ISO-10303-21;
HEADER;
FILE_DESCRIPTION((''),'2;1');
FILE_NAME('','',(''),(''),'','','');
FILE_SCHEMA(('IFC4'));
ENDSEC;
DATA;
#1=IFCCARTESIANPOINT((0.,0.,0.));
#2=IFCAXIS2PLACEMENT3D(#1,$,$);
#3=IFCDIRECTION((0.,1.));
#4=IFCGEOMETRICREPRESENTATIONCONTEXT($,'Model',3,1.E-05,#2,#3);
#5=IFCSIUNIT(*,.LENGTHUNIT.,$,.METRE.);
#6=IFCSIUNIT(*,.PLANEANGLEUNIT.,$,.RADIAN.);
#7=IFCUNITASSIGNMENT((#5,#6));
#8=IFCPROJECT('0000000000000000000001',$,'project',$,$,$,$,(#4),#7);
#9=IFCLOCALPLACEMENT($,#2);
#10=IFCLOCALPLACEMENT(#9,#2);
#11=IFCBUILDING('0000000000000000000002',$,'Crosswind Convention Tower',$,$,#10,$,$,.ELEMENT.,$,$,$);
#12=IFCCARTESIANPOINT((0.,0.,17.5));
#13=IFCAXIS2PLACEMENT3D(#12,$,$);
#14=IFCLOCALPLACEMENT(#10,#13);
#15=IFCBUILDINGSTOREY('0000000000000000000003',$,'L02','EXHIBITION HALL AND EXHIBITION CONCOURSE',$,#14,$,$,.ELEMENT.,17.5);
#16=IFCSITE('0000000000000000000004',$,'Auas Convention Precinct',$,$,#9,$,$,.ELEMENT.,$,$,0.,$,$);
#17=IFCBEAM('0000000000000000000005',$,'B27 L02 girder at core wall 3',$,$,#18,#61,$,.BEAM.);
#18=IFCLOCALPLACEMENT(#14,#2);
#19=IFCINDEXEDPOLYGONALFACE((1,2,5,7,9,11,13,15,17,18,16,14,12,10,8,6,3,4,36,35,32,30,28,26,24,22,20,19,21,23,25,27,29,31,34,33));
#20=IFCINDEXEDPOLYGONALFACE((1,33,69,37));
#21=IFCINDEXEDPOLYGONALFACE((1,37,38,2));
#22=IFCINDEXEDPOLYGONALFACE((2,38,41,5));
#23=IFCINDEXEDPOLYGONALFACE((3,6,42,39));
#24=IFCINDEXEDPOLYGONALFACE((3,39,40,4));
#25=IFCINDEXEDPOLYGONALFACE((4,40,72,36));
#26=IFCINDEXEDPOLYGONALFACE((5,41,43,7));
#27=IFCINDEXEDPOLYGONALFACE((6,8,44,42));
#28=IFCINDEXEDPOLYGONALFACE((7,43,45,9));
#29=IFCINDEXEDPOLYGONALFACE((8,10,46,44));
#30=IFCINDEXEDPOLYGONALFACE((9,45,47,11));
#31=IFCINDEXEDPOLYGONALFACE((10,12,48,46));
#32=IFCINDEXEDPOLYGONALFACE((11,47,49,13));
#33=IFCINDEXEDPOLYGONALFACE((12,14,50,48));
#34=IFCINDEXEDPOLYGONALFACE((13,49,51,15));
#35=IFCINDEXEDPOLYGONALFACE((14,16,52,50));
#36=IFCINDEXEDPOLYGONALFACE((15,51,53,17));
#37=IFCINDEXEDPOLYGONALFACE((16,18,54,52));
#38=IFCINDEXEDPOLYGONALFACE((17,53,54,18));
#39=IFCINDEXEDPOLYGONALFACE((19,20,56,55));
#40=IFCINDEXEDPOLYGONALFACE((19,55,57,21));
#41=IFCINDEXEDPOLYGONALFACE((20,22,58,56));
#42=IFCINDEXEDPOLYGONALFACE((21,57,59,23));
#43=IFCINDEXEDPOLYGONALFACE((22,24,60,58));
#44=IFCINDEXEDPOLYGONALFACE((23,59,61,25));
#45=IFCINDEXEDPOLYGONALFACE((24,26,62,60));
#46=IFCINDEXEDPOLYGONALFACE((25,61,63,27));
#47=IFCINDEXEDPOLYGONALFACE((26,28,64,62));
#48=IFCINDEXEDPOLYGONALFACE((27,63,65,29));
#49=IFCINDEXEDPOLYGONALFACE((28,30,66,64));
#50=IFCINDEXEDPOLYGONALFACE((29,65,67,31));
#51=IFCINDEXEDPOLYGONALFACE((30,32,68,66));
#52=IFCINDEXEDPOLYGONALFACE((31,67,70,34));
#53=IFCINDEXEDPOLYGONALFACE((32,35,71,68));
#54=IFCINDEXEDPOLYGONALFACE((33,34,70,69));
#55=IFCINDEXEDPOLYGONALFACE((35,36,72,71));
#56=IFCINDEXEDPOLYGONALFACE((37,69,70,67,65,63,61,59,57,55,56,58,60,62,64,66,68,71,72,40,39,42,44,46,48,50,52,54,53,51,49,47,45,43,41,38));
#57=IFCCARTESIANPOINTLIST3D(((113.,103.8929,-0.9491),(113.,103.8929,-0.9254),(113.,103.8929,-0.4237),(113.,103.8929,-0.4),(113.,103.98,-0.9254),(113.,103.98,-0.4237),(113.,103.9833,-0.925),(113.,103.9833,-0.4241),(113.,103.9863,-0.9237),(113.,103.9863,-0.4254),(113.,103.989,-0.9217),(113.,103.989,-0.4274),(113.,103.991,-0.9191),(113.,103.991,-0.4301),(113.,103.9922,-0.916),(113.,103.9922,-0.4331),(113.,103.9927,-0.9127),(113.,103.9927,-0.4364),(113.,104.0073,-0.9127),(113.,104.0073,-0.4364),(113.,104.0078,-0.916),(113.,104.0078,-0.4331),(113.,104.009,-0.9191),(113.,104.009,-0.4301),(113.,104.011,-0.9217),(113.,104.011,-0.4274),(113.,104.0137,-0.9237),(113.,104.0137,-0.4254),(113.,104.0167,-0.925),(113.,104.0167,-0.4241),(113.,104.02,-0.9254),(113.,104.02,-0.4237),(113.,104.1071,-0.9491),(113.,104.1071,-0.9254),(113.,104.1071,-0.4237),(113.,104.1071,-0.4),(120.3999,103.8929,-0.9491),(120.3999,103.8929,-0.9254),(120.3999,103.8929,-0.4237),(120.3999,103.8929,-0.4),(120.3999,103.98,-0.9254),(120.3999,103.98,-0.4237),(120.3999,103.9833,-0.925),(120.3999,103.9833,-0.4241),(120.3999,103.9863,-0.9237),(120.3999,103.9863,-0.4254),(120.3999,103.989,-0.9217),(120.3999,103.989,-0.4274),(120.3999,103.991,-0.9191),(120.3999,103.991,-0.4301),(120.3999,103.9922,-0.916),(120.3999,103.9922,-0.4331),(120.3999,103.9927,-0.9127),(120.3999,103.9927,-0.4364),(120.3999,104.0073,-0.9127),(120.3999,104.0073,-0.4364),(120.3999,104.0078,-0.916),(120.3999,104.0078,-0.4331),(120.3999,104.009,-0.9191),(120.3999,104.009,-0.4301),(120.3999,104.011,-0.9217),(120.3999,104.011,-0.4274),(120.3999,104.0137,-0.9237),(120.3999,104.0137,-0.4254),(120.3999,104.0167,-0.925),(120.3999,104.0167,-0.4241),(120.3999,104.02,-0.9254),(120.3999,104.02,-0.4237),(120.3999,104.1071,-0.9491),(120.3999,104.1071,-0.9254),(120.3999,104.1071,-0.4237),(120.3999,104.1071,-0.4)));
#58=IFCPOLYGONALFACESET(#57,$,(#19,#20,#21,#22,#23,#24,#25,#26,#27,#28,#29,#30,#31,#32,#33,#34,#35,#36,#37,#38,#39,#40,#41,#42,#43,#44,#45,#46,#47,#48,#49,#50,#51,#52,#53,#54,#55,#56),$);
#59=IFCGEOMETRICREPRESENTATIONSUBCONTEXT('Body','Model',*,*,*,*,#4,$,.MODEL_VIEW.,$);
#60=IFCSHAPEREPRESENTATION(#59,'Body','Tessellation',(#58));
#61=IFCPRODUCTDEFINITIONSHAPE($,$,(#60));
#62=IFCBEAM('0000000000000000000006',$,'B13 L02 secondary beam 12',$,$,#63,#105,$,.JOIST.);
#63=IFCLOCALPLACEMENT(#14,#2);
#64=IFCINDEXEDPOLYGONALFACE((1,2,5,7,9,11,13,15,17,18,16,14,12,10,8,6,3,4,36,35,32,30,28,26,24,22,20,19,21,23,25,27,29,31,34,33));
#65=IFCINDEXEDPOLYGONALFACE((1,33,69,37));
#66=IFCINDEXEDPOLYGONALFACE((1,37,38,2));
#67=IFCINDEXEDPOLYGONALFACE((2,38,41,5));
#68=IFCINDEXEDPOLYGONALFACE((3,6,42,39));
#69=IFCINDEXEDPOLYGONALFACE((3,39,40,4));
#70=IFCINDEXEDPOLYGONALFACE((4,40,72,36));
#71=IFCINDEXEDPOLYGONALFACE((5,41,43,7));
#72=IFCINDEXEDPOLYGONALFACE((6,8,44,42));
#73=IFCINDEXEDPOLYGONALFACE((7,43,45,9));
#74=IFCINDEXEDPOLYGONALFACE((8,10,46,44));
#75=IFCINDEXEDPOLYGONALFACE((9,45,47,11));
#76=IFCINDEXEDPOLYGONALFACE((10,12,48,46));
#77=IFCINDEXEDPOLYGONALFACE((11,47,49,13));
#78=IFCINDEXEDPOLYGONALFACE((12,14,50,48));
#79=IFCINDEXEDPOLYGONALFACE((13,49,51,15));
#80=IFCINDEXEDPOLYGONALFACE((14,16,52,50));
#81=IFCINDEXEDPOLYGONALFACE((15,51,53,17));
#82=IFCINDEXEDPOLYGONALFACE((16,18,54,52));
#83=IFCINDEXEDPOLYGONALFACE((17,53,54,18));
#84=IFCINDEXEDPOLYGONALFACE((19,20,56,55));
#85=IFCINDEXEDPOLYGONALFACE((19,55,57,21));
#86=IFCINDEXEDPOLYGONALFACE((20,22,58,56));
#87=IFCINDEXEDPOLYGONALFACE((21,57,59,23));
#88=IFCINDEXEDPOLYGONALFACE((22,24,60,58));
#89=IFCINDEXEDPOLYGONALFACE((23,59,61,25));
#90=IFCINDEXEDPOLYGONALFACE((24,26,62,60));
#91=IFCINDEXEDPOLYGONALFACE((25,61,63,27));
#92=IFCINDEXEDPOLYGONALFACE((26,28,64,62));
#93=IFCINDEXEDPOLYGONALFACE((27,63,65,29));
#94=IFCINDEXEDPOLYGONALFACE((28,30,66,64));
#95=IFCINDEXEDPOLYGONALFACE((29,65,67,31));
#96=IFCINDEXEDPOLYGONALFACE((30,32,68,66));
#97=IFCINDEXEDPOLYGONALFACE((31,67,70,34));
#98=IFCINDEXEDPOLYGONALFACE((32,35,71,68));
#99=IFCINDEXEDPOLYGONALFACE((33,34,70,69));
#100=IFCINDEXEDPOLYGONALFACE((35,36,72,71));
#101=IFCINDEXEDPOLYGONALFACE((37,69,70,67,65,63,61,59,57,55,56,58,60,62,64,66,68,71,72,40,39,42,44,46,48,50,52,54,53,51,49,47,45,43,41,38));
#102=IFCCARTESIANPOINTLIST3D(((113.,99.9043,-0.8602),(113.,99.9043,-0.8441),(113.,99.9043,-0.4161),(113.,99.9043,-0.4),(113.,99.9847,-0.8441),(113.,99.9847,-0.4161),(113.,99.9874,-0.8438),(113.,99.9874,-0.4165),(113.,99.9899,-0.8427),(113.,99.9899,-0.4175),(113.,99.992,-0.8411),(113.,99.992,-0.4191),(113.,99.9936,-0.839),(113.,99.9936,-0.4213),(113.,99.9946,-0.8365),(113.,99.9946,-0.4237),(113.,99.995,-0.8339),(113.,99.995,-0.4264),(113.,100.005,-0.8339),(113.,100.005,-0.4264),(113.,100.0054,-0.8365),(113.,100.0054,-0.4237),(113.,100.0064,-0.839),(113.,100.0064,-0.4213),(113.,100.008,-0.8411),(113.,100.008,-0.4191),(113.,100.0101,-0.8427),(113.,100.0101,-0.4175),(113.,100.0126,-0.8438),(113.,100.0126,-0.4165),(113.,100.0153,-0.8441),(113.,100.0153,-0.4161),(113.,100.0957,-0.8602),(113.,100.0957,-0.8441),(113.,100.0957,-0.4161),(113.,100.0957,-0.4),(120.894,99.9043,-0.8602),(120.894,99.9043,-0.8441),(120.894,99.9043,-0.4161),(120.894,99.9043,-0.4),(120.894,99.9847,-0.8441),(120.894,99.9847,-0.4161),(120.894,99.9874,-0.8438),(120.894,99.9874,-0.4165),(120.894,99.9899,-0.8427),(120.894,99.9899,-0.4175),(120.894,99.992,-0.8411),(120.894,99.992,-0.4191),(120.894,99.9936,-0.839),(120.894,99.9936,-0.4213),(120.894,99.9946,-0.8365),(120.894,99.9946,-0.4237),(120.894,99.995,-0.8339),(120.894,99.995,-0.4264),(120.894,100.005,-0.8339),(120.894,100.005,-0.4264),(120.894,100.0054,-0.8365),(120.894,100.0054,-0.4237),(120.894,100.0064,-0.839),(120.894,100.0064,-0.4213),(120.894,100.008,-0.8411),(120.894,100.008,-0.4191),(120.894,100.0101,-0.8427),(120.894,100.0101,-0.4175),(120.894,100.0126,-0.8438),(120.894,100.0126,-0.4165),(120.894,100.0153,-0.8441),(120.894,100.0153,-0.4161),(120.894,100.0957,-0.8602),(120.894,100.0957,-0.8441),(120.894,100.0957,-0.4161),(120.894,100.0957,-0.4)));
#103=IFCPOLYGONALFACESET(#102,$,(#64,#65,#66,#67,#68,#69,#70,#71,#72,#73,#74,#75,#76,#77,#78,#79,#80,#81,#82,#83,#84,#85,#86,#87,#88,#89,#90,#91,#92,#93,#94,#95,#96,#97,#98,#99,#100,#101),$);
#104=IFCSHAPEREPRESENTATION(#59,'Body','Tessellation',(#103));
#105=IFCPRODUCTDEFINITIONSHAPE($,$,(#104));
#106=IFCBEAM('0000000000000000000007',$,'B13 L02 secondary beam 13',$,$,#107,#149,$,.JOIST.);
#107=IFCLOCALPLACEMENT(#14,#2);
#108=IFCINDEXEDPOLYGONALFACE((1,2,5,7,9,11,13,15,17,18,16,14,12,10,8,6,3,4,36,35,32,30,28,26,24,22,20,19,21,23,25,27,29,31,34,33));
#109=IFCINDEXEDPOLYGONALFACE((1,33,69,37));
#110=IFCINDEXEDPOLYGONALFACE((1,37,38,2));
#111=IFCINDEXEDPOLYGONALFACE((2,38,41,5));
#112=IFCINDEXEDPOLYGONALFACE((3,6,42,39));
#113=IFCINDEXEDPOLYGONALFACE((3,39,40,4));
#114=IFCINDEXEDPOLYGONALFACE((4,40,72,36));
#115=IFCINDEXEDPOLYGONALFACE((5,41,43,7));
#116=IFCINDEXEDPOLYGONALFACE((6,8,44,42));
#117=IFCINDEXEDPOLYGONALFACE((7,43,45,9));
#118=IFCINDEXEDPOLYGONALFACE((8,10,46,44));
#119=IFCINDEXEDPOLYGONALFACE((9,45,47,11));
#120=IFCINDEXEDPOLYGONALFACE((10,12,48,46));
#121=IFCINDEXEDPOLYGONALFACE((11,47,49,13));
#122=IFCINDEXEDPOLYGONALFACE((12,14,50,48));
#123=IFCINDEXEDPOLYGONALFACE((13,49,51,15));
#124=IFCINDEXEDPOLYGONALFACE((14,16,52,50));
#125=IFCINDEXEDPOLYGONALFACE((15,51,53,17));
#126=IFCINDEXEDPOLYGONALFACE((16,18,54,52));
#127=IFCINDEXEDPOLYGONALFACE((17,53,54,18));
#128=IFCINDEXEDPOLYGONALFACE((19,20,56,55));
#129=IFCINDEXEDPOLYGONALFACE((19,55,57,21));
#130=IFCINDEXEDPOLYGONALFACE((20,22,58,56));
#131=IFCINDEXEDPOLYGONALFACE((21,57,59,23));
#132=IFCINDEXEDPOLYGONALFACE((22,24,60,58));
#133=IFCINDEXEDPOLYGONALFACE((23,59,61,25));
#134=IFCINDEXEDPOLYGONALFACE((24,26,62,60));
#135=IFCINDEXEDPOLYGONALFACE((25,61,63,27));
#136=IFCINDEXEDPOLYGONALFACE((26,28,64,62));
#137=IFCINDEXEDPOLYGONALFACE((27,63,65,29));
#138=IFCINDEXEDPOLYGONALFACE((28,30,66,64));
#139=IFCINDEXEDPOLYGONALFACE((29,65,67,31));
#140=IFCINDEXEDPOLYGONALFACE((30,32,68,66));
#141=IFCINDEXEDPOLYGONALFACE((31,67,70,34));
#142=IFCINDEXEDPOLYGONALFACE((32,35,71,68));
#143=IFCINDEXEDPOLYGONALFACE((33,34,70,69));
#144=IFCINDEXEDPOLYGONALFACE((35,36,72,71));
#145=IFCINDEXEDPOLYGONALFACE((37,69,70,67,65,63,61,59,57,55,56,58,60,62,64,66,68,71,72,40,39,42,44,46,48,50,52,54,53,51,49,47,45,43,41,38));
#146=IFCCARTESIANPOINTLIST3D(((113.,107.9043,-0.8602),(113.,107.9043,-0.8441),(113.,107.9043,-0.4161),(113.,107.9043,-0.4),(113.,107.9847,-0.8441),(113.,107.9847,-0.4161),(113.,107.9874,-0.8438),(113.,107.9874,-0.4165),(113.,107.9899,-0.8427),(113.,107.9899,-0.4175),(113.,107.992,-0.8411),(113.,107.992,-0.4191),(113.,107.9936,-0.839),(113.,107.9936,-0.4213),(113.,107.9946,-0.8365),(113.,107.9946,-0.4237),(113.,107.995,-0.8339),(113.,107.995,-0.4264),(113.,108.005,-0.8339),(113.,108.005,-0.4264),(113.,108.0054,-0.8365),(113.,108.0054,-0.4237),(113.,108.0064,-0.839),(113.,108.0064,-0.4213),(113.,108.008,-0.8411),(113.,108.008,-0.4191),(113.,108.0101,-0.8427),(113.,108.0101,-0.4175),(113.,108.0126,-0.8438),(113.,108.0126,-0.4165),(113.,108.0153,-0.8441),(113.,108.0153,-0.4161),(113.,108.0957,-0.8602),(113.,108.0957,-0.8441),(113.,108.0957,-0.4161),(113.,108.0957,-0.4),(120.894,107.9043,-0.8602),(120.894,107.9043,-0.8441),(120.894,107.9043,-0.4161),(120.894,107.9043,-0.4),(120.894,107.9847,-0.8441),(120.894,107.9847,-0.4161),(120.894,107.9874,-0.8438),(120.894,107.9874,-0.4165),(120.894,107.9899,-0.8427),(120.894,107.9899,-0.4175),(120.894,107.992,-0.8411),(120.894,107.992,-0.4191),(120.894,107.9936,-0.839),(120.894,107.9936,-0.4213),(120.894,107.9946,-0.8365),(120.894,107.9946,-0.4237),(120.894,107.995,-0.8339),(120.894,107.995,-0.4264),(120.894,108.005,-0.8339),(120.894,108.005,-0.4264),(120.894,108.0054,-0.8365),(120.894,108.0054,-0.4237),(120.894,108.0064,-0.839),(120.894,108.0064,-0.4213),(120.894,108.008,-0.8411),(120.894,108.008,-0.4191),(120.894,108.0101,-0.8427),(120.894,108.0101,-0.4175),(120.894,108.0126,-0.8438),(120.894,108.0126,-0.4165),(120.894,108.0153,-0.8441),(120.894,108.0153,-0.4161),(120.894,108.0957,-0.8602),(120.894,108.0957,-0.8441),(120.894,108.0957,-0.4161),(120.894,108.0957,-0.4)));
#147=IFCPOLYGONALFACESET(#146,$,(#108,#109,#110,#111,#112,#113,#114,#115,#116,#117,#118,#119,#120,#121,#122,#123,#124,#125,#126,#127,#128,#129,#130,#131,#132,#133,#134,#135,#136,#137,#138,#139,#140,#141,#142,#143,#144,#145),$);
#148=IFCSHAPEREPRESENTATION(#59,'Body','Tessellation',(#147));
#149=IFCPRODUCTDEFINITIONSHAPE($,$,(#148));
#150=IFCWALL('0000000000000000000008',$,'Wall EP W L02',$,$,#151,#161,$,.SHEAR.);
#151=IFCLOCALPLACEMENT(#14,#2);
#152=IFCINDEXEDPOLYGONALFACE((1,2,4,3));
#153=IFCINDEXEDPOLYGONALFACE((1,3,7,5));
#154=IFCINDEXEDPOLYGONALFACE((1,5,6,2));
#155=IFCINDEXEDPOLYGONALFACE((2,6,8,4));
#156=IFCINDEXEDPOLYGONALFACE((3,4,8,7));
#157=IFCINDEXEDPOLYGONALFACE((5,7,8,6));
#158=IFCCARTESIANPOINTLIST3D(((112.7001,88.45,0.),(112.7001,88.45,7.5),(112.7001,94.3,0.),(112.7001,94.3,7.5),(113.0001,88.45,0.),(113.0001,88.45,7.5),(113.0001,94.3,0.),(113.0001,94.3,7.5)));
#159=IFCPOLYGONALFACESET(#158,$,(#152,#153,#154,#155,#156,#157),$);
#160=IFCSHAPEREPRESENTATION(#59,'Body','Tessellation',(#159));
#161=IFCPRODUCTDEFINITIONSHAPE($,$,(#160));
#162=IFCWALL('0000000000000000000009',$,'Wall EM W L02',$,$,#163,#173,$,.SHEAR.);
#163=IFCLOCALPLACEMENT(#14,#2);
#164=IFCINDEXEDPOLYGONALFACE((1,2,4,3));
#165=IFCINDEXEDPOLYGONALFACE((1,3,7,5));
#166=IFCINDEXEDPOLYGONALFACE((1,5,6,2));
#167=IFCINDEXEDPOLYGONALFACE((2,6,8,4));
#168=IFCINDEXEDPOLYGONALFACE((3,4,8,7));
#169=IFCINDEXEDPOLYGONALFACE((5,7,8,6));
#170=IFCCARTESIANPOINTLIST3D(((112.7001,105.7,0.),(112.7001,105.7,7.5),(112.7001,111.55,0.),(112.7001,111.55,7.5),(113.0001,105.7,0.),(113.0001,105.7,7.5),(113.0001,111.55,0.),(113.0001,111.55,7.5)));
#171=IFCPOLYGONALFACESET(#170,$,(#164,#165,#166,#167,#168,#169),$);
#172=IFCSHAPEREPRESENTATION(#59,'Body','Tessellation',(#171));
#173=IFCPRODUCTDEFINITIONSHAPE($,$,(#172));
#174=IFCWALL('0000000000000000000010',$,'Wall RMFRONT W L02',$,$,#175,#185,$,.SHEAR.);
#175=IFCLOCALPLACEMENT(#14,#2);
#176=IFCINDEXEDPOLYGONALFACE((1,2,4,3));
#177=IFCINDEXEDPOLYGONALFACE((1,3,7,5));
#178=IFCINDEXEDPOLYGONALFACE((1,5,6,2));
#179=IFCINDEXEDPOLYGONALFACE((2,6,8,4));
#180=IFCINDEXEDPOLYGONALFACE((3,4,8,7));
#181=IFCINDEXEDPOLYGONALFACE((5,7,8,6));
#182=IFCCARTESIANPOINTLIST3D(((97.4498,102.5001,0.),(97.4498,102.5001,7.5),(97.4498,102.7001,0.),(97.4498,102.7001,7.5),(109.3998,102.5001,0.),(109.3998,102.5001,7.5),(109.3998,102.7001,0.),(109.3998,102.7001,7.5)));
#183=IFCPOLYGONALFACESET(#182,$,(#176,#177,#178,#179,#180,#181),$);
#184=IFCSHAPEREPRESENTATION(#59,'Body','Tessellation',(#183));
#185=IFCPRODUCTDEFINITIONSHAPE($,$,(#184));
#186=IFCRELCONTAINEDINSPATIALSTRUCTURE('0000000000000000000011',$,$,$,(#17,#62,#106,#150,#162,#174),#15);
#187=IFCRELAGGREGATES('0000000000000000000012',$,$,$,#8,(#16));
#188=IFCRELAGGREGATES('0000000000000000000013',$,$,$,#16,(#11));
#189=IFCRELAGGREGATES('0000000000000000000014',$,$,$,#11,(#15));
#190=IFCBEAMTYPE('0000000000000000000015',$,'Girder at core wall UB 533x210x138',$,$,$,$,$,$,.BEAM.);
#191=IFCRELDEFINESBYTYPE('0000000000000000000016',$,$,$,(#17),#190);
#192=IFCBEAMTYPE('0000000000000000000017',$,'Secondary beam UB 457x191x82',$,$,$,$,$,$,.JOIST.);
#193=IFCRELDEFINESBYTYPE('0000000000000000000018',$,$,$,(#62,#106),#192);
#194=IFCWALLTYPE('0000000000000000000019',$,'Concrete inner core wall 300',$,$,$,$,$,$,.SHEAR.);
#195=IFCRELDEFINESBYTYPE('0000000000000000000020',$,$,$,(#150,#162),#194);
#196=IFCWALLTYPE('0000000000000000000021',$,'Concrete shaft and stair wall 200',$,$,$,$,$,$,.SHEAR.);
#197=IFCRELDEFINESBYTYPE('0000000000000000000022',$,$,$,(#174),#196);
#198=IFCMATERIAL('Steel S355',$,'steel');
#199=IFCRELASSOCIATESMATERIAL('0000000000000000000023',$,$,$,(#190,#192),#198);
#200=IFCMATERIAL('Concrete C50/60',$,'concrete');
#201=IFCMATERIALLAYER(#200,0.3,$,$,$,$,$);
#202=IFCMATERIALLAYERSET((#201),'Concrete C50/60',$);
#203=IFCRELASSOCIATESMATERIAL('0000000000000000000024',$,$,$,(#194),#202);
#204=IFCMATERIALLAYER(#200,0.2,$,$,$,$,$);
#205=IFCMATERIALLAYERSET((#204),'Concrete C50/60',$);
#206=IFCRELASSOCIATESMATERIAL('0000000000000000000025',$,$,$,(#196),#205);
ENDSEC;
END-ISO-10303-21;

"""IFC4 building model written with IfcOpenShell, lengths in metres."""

from ifc_helpers import new_model, si_unit, direction, frame, frame_2d, origin, origin_2d, place, context, subcontext, project, spatial, rectangle, i_section, extrude, material, layer, layer_set, material_profile, profile_set, type_object, element, save


model = new_model("IFC4")

# Units and contexts
model_context = context("Model", 3, precision=1e-05, world=origin(), true_north=direction((0.0, 1.0)))
body_context = subcontext(model_context, "Body", "Model", "MODEL_VIEW")
ifc_project = project(units=[si_unit("LENGTHUNIT", "METRE"), si_unit("PLANEANGLEUNIT", "RADIAN")], contexts=[model_context])

# Site, building, storey
site_placement = place(None, origin())
site = spatial("IfcSite", under=ifc_project, at=site_placement, Name="Auas Convention Precinct", CompositionType="ELEMENT", RefElevation=0.0)
building_placement = place(site_placement, origin())
building = spatial("IfcBuilding", under=site, at=building_placement, Name="Crosswind Convention Tower", CompositionType="ELEMENT")
storey_placement = place(building_placement, frame((0.0, 0.0, 17.5)))
storey = spatial("IfcBuildingStorey", under=building, at=storey_placement, Name="L02", Description="EXHIBITION HALL AND EXHIBITION CONCOURSE", CompositionType="ELEMENT", Elevation=17.5)

# Beams
ifc_material_1 = material(Name="Steel S355", Category="steel")
ifc_material_profile_1 = material_profile(ifc_material_1, i_section(OverallWidth=0.2141, OverallDepth=0.5491, WebThickness=0.0146, FlangeThickness=0.0237, FilletRadius=0.0127, at=origin_2d()), Name="UB 533x210x138")
ifc_profile_set_1 = profile_set([ifc_material_profile_1], Name="Steel S355")
beam_type_1 = type_object("IfcBeamType", Name="Girder at core wall UB 533x210x138", PredefinedType="BEAM", material=ifc_profile_set_1)
for number, where, z_axis, x_axis, name in (
    (1, (113.0, 104.0, -0.6746), (1.0, 0.0, 0.0), (0.0, 1.0, 0.0), "B27 L02 girder at core wall 3"),
):
    element("IfcBeam", number, at=place(storey_placement, frame(where, z_axis=z_axis, x_axis=x_axis)), inside=storey, type_object=beam_type_1, Name=name, PredefinedType="BEAM", context=body_context, shape_type="SweptSolid", body=[
        extrude(i_section(OverallWidth=0.2141, OverallDepth=0.5491, WebThickness=0.0146, FlangeThickness=0.0237, FilletRadius=0.0127, at=origin_2d()), origin(), (0.0, 0.0, 1.0), 7.3999),
    ])
ifc_material_profile_2 = material_profile(ifc_material_1, i_section(OverallWidth=0.1914, OverallDepth=0.4602, WebThickness=0.01, FlangeThickness=0.0161, FilletRadius=0.0103, at=origin_2d()), Name="UB 457x191x82")
ifc_profile_set_2 = profile_set([ifc_material_profile_2], Name="Steel S355")
beam_type_2 = type_object("IfcBeamType", Name="Secondary beam UB 457x191x82", PredefinedType="JOIST", material=ifc_profile_set_2)
for number, where, z_axis, x_axis, name in (
    (2, (113.0, 100.0, -0.6301), (1.0, 0.0, 0.0), (0.0, 1.0, 0.0), "B13 L02 secondary beam 12"),
    (3, (113.0, 108.0, -0.6301), (1.0, 0.0, 0.0), (0.0, 1.0, 0.0), "B13 L02 secondary beam 13"),
):
    element("IfcBeam", number, at=place(storey_placement, frame(where, z_axis=z_axis, x_axis=x_axis)), inside=storey, type_object=beam_type_2, Name=name, PredefinedType="JOIST", context=body_context, shape_type="SweptSolid", body=[
        extrude(i_section(OverallWidth=0.1914, OverallDepth=0.4602, WebThickness=0.01, FlangeThickness=0.0161, FilletRadius=0.0103, at=origin_2d()), origin(), (0.0, 0.0, 1.0), 7.894),
    ])

# Shared definitions
ifc_material_2 = material(Name="Concrete C50/60", Category="concrete")
ifc_layer_1 = layer(ifc_material_2, 0.3)
ifc_layer_set_1 = layer_set([ifc_layer_1], Name="Concrete C50/60")
wall_type_1 = type_object("IfcWallType", Name="Concrete inner core wall 300", PredefinedType="SHEAR", material=ifc_layer_set_1)

# Walls
for number, where, z_axis, x_axis, name in (
    (4, (112.8501, 94.3, 0.0), (0.0, 0.0, 1.0), (0.0, -1.0, 0.0), "Wall EP W L02"),
    (5, (112.8501, 111.55, 0.0), (0.0, 0.0, 1.0), (0.0, -1.0, 0.0), "Wall EM W L02"),
):
    element("IfcWall", number, at=place(storey_placement, frame(where, z_axis=z_axis, x_axis=x_axis)), inside=storey, type_object=wall_type_1, Name=name, PredefinedType="SHEAR", context=body_context, shape_type="SweptSolid", body=[
        extrude(rectangle(XDim=5.8501, YDim=0.3, at=frame_2d((2.925, 0.0))), origin(), (0.0, 0.0, 1.0), 7.5),
    ])
ifc_layer_2 = layer(ifc_material_2, 0.2)
ifc_layer_set_2 = layer_set([ifc_layer_2], Name="Concrete C50/60")
wall_type_2 = type_object("IfcWallType", Name="Concrete shaft and stair wall 200", PredefinedType="SHEAR", material=ifc_layer_set_2)
wall_1_placement = place(storey_placement, frame((109.3999, 102.6001, 0.0), z_axis=(0.0, 0.0, 1.0), x_axis=(-1.0, 0.0, 0.0)))
element("IfcWall", 6, at=wall_1_placement, inside=storey, type_object=wall_type_2, Name="Wall RMFRONT W L02", PredefinedType="SHEAR", context=body_context, shape_type="SweptSolid", body=[
    extrude(rectangle(XDim=11.95, YDim=0.2, at=frame_2d((5.9751, 0.0))), origin(), (0.0, 0.0, 1.0), 7.5),
])

save(model, "model.ifc")
